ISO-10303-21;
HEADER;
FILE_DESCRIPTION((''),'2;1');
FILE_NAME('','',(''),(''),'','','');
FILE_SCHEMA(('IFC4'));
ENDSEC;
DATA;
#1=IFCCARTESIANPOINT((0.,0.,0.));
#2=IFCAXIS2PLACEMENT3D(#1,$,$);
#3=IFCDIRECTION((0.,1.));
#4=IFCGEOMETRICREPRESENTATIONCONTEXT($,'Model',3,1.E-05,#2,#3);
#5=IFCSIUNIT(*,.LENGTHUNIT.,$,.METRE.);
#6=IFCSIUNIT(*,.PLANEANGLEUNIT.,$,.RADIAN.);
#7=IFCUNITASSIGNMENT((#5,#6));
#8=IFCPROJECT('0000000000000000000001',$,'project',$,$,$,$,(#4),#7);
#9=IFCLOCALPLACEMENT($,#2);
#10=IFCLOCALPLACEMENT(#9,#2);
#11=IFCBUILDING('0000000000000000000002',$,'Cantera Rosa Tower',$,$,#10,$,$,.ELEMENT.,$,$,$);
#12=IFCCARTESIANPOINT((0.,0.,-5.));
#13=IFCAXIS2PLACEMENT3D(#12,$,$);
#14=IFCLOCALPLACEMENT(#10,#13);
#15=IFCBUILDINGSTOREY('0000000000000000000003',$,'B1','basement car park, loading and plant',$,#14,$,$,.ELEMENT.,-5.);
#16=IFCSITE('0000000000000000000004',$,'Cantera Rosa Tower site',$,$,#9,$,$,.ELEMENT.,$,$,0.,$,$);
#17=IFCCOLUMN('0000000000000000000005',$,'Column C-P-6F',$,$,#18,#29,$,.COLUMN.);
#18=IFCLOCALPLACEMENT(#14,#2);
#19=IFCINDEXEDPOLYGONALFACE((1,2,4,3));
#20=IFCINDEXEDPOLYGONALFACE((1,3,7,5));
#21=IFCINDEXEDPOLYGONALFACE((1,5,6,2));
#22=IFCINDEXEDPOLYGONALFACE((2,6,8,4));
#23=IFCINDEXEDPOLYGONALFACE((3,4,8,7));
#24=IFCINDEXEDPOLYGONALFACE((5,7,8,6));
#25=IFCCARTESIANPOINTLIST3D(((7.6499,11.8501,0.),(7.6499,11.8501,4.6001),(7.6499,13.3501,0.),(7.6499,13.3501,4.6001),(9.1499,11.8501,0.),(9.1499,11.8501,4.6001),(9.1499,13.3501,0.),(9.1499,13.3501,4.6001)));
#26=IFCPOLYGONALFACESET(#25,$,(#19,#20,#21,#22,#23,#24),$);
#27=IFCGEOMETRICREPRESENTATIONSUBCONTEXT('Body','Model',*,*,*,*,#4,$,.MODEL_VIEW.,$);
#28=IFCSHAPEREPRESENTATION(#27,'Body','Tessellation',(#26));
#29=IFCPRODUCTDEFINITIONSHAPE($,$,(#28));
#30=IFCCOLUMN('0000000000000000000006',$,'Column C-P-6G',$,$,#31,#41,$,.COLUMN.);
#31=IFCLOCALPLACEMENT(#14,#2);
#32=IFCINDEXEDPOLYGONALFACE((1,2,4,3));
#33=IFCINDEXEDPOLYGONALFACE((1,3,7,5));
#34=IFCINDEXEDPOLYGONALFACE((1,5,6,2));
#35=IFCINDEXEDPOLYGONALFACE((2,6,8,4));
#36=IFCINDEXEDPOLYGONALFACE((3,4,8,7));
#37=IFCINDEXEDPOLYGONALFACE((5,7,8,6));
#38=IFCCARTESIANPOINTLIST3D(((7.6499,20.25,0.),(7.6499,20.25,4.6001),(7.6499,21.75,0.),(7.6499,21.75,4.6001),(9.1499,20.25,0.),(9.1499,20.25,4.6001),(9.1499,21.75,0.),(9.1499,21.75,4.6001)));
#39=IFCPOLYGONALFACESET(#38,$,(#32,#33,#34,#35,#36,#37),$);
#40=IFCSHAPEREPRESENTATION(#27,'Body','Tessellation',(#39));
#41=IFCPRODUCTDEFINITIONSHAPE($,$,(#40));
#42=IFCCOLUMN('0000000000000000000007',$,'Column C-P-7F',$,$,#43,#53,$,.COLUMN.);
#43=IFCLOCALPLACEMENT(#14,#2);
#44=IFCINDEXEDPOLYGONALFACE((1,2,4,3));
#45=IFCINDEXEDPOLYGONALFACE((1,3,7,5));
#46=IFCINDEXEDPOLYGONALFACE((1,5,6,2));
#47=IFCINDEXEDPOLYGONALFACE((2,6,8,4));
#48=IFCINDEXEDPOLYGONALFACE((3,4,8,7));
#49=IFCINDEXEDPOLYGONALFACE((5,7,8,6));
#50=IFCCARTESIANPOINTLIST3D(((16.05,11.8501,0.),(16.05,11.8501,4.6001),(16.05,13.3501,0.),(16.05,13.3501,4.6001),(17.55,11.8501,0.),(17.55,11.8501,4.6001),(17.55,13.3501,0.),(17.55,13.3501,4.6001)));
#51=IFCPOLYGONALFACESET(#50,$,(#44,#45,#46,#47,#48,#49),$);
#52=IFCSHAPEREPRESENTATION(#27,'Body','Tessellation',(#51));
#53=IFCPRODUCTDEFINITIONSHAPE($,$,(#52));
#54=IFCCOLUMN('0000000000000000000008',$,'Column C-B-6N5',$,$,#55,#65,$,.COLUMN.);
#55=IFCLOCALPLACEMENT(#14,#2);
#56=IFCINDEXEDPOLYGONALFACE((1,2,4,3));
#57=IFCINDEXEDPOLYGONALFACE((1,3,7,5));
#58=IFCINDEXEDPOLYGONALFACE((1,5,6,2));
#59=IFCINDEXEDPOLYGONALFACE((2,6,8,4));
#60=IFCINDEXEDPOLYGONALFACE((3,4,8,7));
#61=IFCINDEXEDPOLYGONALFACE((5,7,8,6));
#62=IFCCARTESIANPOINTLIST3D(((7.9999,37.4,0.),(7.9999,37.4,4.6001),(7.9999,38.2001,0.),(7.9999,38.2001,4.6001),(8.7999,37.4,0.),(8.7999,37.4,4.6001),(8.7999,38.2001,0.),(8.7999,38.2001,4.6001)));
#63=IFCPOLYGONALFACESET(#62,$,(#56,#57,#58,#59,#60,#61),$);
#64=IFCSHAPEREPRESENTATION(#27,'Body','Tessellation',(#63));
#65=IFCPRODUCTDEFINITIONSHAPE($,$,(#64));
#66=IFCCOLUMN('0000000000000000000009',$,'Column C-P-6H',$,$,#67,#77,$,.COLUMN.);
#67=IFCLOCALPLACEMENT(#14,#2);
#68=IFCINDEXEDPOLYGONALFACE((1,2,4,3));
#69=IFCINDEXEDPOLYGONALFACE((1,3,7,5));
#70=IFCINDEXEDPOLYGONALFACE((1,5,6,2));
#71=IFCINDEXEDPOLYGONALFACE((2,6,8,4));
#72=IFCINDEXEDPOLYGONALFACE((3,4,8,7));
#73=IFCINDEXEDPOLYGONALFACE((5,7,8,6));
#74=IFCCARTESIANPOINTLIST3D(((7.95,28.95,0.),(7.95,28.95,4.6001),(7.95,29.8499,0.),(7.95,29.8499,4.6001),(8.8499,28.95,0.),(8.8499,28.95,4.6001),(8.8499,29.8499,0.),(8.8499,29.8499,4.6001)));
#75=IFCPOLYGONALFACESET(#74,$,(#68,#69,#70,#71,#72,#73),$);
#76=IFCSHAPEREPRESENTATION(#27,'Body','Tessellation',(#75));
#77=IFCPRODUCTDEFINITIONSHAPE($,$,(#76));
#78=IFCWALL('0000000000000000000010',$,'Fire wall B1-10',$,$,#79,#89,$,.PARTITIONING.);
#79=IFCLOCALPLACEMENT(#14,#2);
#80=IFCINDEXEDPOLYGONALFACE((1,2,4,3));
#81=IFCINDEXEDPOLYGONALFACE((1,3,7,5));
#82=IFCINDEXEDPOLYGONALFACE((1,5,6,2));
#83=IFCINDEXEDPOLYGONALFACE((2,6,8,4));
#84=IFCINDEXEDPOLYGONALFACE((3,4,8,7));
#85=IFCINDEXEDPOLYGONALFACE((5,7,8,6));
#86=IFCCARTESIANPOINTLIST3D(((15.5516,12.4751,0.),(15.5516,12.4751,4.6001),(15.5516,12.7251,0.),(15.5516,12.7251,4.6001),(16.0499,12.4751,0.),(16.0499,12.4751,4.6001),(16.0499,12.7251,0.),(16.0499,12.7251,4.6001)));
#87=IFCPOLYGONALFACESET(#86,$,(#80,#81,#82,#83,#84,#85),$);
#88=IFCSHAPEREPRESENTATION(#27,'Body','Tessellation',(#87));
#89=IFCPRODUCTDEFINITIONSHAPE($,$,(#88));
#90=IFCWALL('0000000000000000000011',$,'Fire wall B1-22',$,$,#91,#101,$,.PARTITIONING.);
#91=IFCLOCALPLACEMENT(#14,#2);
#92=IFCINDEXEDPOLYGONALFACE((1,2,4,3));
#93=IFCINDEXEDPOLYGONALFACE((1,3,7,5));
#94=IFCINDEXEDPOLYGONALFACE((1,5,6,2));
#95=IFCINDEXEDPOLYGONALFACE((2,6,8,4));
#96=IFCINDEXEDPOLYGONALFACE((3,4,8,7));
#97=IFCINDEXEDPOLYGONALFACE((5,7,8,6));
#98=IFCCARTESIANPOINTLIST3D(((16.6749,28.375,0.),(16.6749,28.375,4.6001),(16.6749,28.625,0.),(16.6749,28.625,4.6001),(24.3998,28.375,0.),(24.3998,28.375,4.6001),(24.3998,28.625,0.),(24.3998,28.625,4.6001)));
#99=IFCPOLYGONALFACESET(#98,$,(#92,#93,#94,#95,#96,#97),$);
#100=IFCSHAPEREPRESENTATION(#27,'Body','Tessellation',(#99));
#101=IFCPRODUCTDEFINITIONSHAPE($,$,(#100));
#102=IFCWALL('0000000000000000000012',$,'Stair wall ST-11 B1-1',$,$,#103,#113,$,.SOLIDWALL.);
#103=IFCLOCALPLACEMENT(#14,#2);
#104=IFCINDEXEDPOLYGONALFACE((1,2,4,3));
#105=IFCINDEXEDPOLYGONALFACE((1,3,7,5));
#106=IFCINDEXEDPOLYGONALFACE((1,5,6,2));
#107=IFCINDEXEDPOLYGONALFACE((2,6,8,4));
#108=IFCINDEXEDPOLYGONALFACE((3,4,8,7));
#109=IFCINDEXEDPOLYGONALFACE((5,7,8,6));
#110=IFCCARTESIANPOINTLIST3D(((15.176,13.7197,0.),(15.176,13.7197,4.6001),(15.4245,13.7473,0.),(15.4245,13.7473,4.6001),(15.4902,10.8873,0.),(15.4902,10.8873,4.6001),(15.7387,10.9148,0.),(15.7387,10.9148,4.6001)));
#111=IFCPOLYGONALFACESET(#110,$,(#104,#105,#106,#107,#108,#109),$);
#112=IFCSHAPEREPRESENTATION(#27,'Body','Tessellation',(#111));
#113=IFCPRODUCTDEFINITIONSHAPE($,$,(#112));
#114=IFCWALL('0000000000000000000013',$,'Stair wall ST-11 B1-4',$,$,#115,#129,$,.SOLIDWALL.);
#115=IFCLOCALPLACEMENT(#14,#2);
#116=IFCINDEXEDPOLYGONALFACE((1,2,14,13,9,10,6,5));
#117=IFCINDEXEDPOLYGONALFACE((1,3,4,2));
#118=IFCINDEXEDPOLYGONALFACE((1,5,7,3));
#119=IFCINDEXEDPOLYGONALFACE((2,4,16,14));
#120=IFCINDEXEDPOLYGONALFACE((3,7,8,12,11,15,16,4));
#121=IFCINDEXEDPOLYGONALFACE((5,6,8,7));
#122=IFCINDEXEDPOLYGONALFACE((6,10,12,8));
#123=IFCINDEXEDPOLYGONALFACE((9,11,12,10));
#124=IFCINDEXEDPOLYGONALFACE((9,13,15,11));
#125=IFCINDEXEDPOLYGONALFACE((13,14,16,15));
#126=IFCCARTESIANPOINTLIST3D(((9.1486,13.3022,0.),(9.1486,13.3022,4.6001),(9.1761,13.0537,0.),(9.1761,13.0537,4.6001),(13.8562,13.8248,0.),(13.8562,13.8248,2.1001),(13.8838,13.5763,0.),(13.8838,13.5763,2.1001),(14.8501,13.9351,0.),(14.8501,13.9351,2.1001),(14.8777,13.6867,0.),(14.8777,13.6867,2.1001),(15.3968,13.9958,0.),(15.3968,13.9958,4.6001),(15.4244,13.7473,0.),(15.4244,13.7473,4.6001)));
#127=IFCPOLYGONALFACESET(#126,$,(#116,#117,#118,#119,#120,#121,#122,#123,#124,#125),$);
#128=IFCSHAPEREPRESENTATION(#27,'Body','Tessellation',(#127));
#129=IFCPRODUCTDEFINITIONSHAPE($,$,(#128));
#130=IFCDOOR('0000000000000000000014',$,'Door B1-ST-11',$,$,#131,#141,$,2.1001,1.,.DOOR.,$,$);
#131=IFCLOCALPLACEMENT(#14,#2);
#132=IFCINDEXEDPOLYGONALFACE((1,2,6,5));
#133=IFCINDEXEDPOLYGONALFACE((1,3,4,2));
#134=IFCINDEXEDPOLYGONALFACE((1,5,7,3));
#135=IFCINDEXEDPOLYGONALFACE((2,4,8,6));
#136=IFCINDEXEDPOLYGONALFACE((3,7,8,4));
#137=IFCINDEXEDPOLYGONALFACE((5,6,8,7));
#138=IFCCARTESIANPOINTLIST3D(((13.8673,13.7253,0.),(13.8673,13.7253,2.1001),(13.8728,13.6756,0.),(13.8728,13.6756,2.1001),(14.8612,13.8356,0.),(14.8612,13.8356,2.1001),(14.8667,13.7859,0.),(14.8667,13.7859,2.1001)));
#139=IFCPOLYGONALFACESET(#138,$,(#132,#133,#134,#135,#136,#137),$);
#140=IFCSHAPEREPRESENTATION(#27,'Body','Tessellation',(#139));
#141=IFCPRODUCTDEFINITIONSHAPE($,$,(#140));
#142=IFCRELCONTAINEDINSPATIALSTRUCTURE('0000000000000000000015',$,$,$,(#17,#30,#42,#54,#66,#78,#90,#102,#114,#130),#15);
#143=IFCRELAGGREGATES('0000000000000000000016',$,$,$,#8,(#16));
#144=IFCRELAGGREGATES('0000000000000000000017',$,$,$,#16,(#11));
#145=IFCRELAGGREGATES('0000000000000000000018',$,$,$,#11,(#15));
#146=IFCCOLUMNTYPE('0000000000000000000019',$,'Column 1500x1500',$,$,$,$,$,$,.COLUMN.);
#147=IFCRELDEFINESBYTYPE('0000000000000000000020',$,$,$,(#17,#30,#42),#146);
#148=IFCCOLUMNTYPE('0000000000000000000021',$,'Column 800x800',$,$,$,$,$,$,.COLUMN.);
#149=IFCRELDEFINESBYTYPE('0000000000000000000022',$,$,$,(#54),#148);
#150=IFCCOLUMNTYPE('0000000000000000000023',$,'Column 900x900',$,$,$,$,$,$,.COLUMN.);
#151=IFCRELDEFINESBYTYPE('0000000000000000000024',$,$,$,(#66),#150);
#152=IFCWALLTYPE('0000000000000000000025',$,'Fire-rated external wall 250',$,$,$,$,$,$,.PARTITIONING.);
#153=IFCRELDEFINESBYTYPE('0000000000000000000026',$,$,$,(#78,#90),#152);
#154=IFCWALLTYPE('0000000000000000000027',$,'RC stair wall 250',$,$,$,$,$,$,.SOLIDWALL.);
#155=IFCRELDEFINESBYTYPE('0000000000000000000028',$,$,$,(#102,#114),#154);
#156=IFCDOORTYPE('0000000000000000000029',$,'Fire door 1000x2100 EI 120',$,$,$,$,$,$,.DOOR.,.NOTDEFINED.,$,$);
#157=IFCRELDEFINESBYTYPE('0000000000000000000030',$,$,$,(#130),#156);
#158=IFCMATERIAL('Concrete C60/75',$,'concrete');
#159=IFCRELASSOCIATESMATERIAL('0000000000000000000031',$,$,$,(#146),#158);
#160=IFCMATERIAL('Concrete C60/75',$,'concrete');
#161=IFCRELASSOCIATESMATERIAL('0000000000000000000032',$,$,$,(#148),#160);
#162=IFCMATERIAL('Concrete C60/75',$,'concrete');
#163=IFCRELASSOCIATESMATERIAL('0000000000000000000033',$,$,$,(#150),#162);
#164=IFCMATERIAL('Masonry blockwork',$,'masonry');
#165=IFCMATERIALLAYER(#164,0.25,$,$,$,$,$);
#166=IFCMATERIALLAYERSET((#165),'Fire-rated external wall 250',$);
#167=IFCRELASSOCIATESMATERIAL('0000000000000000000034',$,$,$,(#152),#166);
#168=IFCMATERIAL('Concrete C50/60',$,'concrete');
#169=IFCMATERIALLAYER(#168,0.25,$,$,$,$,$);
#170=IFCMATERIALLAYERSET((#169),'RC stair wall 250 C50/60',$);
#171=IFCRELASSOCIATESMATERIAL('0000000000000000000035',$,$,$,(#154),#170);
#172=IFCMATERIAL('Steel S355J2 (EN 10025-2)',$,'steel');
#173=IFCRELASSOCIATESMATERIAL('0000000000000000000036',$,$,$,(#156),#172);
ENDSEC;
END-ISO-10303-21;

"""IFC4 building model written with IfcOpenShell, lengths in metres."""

from ifc_helpers import new_model, si_unit, direction, frame, frame_2d, origin, origin_2d, place, context, subcontext, project, spatial, rectangle, extrude, material, layer, layer_set, material_profile, profile_set, type_object, element, fill, save


model = new_model("IFC4")

# Units and contexts
model_context = context("Model", 3, precision=1e-05, world=origin(), true_north=direction((0.0, 1.0)))
body_context = subcontext(model_context, "Body", "Model", "MODEL_VIEW")
ifc_project = project(units=[si_unit("LENGTHUNIT", "METRE"), si_unit("PLANEANGLEUNIT", "RADIAN")], contexts=[model_context])

# Site, building, storey
site_placement = place(None, origin())
site = spatial("IfcSite", under=ifc_project, at=site_placement, Name="Cantera Rosa Tower site", CompositionType="ELEMENT", RefElevation=0.0)
building_placement = place(site_placement, origin())
building = spatial("IfcBuilding", under=site, at=building_placement, Name="Cantera Rosa Tower", CompositionType="ELEMENT")
storey_placement = place(building_placement, frame((0.0, 0.0, -5.0)))
storey = spatial("IfcBuildingStorey", under=building, at=storey_placement, Name="B1", Description="basement car park, loading and plant", CompositionType="ELEMENT", Elevation=-5.0)

# Columns
ifc_material_1 = material(Name="Concrete C60/75", Category="concrete")
ifc_material_profile_1 = material_profile(ifc_material_1, rectangle(XDim=1.5, YDim=1.5, at=origin_2d()), Name="Column 1500x1500")
ifc_profile_set_1 = profile_set([ifc_material_profile_1], Name="Concrete C60/75")
column_type_1 = type_object("IfcColumnType", Name="Column 1500x1500", PredefinedType="COLUMN", material=ifc_profile_set_1)
for number, where, z_axis, x_axis, name in (
    (1, (8.3999, 12.6001, 0.0), (0.0, 0.0, 1.0), (1.0, 0.0, 0.0), "Column C-P-6F"),
    (2, (8.3999, 21.0, 0.0), (0.0, 0.0, 1.0), (1.0, 0.0, 0.0), "Column C-P-6G"),
    (3, (16.8, 12.6001, 0.0), (0.0, 0.0, 1.0), (1.0, 0.0, 0.0), "Column C-P-7F"),
):
    element("IfcColumn", number, at=place(storey_placement, frame(where, z_axis=z_axis, x_axis=x_axis)), inside=storey, type_object=column_type_1, Name=name, PredefinedType="COLUMN", context=body_context, shape_type="SweptSolid", body=[
        extrude(rectangle(XDim=1.5, YDim=1.5, at=origin_2d()), origin(), (0.0, 0.0, 1.0), 4.6001),
    ])
ifc_material_2 = material(Name="Concrete C60/75", Category="concrete")
ifc_material_profile_2 = material_profile(ifc_material_2, rectangle(XDim=0.8, YDim=0.8, at=origin_2d()), Name="Column 800x800")
ifc_profile_set_2 = profile_set([ifc_material_profile_2], Name="Concrete C60/75")
column_type_2 = type_object("IfcColumnType", Name="Column 800x800", PredefinedType="COLUMN", material=ifc_profile_set_2)
column_1_placement = place(storey_placement, frame((8.3999, 37.8, 0.0), z_axis=(0.0, 0.0, 1.0), x_axis=(1.0, 0.0, 0.0)))
element("IfcColumn", 4, at=column_1_placement, inside=storey, type_object=column_type_2, Name="Column C-B-6N5", PredefinedType="COLUMN", context=body_context, shape_type="SweptSolid", body=[
    extrude(rectangle(XDim=0.8, YDim=0.8, at=origin_2d()), origin(), (0.0, 0.0, 1.0), 4.6001),
])
ifc_material_3 = material(Name="Concrete C60/75", Category="concrete")
ifc_material_profile_3 = material_profile(ifc_material_3, rectangle(XDim=0.8999, YDim=0.8999, at=origin_2d()), Name="Column 900x900")
ifc_profile_set_3 = profile_set([ifc_material_profile_3], Name="Concrete C60/75")
column_type_3 = type_object("IfcColumnType", Name="Column 900x900", PredefinedType="COLUMN", material=ifc_profile_set_3)
column_2_placement = place(storey_placement, frame((8.3999, 29.3999, 0.0), z_axis=(0.0, 0.0, 1.0), x_axis=(1.0, 0.0, 0.0)))
element("IfcColumn", 5, at=column_2_placement, inside=storey, type_object=column_type_3, Name="Column C-P-6H", PredefinedType="COLUMN", context=body_context, shape_type="SweptSolid", body=[
    extrude(rectangle(XDim=0.8999, YDim=0.8999, at=origin_2d()), origin(), (0.0, 0.0, 1.0), 4.6001),
])

# Walls
ifc_material_4 = material(Name="Masonry blockwork", Category="masonry")
ifc_layer_1 = layer(ifc_material_4, 0.25)
ifc_layer_set_1 = layer_set([ifc_layer_1], Name="Fire-rated external wall 250")
wall_type_1 = type_object("IfcWallType", Name="Fire-rated external wall 250", PredefinedType="PARTITIONING", material=ifc_layer_set_1)
wall_1_placement = place(storey_placement, frame((15.5518, 12.6001, 0.0), z_axis=(0.0, 0.0, 1.0), x_axis=(1.0, 0.0, 0.0)))
element("IfcWall", 6, at=wall_1_placement, inside=storey, type_object=wall_type_1, Name="Fire wall B1-10", PredefinedType="PARTITIONING", context=body_context, shape_type="SweptSolid", body=[
    extrude(rectangle(XDim=0.4983, YDim=0.25, at=frame_2d((0.249, 0.0))), origin(), (0.0, 0.0, 1.0), 4.6001),
])
wall_2_placement = place(storey_placement, frame((16.675, 28.5, 0.0), z_axis=(0.0, 0.0, 1.0), x_axis=(1.0, 0.0, 0.0)))
element("IfcWall", 7, at=wall_2_placement, inside=storey, type_object=wall_type_1, Name="Fire wall B1-22", PredefinedType="PARTITIONING", context=body_context, shape_type="SweptSolid", body=[
    extrude(rectangle(XDim=7.7249, YDim=0.25, at=frame_2d((3.8623, 0.0))), origin(), (0.0, 0.0, 1.0), 4.6001),
])
ifc_material_5 = material(Name="Concrete C50/60", Category="concrete")
ifc_layer_2 = layer(ifc_material_5, 0.25)
ifc_layer_set_2 = layer_set([ifc_layer_2], Name="RC stair wall 250 C50/60")
wall_type_2 = type_object("IfcWallType", Name="RC stair wall 250", PredefinedType="SOLIDWALL", material=ifc_layer_set_2)
wall_3_placement = place(storey_placement, frame((15.3003, 13.7334, 0.0), z_axis=(0.0, 0.0, 1.0), x_axis=(0.110253, -0.993904, 0.0)))
element("IfcWall", 8, at=wall_3_placement, inside=storey, type_object=wall_type_2, Name="Stair wall ST-11 B1-1", PredefinedType="SOLIDWALL", context=body_context, shape_type="SweptSolid", body=[
    extrude(rectangle(XDim=2.8499, YDim=0.25, at=frame_2d((1.4248, 0.0))), origin(), (0.0, 0.0, 1.0), 4.6001),
])

# Wall, opening, door
wall_4_placement = place(storey_placement, frame((9.1624, 13.178, 0.0), z_axis=(0.0, 0.0, 1.0), x_axis=(0.993895, 0.110329, 0.0)))
wall_4 = element("IfcWall", 9, at=wall_4_placement, inside=storey, type_object=wall_type_2, Name="Stair wall ST-11 B1-4", PredefinedType="SOLIDWALL", context=body_context, shape_type="SweptSolid", body=[
    extrude(rectangle(XDim=6.2866, YDim=0.25, at=frame_2d((3.1433, 0.0))), origin(), (0.0, 0.0, 1.0), 4.6001),
])
opening_placement = place(wall_4_placement, frame((4.7366, 0.0, 0.0)))
opening = element("IfcOpeningElement", 10, at=opening_placement, cuts=wall_4, PredefinedType="OPENING", context=body_context, shape_type="SweptSolid", body=[
    extrude(rectangle(XDim=1.0, YDim=2.1001, at=frame_2d((0.5, 1.05))), frame((0.0, 0.135, 0.0), z_axis=(0.0, -1.0, 0.0), x_axis=(1.0, 0.0, 0.0)), (0.0, 0.0, 1.0), 0.27),
])
ifc_material_6 = material(Name="Steel S355J2 (EN 10025-2)", Category="steel")
door_type = type_object("IfcDoorType", Name="Fire door 1000x2100 EI 120", OperationType="NOTDEFINED", PredefinedType="DOOR", material=ifc_material_6)
door_placement = place(opening_placement, origin())
door = element("IfcDoor", 11, at=door_placement, inside=storey, type_object=door_type, Name="Door B1-ST-11", OverallHeight=2.1001, OverallWidth=1.0, PredefinedType="DOOR", context=body_context, shape_type="SweptSolid", body=[
    extrude(rectangle(XDim=1.0, YDim=2.1001, at=frame_2d((0.5, 1.05))), frame((0.0, 0.0249, 0.0), z_axis=(0.0, -1.0, 0.0), x_axis=(1.0, 0.0, 0.0)), (0.0, 0.0, 1.0), 0.05),
])
fill(opening, door)

save(model, "model.ifc")
